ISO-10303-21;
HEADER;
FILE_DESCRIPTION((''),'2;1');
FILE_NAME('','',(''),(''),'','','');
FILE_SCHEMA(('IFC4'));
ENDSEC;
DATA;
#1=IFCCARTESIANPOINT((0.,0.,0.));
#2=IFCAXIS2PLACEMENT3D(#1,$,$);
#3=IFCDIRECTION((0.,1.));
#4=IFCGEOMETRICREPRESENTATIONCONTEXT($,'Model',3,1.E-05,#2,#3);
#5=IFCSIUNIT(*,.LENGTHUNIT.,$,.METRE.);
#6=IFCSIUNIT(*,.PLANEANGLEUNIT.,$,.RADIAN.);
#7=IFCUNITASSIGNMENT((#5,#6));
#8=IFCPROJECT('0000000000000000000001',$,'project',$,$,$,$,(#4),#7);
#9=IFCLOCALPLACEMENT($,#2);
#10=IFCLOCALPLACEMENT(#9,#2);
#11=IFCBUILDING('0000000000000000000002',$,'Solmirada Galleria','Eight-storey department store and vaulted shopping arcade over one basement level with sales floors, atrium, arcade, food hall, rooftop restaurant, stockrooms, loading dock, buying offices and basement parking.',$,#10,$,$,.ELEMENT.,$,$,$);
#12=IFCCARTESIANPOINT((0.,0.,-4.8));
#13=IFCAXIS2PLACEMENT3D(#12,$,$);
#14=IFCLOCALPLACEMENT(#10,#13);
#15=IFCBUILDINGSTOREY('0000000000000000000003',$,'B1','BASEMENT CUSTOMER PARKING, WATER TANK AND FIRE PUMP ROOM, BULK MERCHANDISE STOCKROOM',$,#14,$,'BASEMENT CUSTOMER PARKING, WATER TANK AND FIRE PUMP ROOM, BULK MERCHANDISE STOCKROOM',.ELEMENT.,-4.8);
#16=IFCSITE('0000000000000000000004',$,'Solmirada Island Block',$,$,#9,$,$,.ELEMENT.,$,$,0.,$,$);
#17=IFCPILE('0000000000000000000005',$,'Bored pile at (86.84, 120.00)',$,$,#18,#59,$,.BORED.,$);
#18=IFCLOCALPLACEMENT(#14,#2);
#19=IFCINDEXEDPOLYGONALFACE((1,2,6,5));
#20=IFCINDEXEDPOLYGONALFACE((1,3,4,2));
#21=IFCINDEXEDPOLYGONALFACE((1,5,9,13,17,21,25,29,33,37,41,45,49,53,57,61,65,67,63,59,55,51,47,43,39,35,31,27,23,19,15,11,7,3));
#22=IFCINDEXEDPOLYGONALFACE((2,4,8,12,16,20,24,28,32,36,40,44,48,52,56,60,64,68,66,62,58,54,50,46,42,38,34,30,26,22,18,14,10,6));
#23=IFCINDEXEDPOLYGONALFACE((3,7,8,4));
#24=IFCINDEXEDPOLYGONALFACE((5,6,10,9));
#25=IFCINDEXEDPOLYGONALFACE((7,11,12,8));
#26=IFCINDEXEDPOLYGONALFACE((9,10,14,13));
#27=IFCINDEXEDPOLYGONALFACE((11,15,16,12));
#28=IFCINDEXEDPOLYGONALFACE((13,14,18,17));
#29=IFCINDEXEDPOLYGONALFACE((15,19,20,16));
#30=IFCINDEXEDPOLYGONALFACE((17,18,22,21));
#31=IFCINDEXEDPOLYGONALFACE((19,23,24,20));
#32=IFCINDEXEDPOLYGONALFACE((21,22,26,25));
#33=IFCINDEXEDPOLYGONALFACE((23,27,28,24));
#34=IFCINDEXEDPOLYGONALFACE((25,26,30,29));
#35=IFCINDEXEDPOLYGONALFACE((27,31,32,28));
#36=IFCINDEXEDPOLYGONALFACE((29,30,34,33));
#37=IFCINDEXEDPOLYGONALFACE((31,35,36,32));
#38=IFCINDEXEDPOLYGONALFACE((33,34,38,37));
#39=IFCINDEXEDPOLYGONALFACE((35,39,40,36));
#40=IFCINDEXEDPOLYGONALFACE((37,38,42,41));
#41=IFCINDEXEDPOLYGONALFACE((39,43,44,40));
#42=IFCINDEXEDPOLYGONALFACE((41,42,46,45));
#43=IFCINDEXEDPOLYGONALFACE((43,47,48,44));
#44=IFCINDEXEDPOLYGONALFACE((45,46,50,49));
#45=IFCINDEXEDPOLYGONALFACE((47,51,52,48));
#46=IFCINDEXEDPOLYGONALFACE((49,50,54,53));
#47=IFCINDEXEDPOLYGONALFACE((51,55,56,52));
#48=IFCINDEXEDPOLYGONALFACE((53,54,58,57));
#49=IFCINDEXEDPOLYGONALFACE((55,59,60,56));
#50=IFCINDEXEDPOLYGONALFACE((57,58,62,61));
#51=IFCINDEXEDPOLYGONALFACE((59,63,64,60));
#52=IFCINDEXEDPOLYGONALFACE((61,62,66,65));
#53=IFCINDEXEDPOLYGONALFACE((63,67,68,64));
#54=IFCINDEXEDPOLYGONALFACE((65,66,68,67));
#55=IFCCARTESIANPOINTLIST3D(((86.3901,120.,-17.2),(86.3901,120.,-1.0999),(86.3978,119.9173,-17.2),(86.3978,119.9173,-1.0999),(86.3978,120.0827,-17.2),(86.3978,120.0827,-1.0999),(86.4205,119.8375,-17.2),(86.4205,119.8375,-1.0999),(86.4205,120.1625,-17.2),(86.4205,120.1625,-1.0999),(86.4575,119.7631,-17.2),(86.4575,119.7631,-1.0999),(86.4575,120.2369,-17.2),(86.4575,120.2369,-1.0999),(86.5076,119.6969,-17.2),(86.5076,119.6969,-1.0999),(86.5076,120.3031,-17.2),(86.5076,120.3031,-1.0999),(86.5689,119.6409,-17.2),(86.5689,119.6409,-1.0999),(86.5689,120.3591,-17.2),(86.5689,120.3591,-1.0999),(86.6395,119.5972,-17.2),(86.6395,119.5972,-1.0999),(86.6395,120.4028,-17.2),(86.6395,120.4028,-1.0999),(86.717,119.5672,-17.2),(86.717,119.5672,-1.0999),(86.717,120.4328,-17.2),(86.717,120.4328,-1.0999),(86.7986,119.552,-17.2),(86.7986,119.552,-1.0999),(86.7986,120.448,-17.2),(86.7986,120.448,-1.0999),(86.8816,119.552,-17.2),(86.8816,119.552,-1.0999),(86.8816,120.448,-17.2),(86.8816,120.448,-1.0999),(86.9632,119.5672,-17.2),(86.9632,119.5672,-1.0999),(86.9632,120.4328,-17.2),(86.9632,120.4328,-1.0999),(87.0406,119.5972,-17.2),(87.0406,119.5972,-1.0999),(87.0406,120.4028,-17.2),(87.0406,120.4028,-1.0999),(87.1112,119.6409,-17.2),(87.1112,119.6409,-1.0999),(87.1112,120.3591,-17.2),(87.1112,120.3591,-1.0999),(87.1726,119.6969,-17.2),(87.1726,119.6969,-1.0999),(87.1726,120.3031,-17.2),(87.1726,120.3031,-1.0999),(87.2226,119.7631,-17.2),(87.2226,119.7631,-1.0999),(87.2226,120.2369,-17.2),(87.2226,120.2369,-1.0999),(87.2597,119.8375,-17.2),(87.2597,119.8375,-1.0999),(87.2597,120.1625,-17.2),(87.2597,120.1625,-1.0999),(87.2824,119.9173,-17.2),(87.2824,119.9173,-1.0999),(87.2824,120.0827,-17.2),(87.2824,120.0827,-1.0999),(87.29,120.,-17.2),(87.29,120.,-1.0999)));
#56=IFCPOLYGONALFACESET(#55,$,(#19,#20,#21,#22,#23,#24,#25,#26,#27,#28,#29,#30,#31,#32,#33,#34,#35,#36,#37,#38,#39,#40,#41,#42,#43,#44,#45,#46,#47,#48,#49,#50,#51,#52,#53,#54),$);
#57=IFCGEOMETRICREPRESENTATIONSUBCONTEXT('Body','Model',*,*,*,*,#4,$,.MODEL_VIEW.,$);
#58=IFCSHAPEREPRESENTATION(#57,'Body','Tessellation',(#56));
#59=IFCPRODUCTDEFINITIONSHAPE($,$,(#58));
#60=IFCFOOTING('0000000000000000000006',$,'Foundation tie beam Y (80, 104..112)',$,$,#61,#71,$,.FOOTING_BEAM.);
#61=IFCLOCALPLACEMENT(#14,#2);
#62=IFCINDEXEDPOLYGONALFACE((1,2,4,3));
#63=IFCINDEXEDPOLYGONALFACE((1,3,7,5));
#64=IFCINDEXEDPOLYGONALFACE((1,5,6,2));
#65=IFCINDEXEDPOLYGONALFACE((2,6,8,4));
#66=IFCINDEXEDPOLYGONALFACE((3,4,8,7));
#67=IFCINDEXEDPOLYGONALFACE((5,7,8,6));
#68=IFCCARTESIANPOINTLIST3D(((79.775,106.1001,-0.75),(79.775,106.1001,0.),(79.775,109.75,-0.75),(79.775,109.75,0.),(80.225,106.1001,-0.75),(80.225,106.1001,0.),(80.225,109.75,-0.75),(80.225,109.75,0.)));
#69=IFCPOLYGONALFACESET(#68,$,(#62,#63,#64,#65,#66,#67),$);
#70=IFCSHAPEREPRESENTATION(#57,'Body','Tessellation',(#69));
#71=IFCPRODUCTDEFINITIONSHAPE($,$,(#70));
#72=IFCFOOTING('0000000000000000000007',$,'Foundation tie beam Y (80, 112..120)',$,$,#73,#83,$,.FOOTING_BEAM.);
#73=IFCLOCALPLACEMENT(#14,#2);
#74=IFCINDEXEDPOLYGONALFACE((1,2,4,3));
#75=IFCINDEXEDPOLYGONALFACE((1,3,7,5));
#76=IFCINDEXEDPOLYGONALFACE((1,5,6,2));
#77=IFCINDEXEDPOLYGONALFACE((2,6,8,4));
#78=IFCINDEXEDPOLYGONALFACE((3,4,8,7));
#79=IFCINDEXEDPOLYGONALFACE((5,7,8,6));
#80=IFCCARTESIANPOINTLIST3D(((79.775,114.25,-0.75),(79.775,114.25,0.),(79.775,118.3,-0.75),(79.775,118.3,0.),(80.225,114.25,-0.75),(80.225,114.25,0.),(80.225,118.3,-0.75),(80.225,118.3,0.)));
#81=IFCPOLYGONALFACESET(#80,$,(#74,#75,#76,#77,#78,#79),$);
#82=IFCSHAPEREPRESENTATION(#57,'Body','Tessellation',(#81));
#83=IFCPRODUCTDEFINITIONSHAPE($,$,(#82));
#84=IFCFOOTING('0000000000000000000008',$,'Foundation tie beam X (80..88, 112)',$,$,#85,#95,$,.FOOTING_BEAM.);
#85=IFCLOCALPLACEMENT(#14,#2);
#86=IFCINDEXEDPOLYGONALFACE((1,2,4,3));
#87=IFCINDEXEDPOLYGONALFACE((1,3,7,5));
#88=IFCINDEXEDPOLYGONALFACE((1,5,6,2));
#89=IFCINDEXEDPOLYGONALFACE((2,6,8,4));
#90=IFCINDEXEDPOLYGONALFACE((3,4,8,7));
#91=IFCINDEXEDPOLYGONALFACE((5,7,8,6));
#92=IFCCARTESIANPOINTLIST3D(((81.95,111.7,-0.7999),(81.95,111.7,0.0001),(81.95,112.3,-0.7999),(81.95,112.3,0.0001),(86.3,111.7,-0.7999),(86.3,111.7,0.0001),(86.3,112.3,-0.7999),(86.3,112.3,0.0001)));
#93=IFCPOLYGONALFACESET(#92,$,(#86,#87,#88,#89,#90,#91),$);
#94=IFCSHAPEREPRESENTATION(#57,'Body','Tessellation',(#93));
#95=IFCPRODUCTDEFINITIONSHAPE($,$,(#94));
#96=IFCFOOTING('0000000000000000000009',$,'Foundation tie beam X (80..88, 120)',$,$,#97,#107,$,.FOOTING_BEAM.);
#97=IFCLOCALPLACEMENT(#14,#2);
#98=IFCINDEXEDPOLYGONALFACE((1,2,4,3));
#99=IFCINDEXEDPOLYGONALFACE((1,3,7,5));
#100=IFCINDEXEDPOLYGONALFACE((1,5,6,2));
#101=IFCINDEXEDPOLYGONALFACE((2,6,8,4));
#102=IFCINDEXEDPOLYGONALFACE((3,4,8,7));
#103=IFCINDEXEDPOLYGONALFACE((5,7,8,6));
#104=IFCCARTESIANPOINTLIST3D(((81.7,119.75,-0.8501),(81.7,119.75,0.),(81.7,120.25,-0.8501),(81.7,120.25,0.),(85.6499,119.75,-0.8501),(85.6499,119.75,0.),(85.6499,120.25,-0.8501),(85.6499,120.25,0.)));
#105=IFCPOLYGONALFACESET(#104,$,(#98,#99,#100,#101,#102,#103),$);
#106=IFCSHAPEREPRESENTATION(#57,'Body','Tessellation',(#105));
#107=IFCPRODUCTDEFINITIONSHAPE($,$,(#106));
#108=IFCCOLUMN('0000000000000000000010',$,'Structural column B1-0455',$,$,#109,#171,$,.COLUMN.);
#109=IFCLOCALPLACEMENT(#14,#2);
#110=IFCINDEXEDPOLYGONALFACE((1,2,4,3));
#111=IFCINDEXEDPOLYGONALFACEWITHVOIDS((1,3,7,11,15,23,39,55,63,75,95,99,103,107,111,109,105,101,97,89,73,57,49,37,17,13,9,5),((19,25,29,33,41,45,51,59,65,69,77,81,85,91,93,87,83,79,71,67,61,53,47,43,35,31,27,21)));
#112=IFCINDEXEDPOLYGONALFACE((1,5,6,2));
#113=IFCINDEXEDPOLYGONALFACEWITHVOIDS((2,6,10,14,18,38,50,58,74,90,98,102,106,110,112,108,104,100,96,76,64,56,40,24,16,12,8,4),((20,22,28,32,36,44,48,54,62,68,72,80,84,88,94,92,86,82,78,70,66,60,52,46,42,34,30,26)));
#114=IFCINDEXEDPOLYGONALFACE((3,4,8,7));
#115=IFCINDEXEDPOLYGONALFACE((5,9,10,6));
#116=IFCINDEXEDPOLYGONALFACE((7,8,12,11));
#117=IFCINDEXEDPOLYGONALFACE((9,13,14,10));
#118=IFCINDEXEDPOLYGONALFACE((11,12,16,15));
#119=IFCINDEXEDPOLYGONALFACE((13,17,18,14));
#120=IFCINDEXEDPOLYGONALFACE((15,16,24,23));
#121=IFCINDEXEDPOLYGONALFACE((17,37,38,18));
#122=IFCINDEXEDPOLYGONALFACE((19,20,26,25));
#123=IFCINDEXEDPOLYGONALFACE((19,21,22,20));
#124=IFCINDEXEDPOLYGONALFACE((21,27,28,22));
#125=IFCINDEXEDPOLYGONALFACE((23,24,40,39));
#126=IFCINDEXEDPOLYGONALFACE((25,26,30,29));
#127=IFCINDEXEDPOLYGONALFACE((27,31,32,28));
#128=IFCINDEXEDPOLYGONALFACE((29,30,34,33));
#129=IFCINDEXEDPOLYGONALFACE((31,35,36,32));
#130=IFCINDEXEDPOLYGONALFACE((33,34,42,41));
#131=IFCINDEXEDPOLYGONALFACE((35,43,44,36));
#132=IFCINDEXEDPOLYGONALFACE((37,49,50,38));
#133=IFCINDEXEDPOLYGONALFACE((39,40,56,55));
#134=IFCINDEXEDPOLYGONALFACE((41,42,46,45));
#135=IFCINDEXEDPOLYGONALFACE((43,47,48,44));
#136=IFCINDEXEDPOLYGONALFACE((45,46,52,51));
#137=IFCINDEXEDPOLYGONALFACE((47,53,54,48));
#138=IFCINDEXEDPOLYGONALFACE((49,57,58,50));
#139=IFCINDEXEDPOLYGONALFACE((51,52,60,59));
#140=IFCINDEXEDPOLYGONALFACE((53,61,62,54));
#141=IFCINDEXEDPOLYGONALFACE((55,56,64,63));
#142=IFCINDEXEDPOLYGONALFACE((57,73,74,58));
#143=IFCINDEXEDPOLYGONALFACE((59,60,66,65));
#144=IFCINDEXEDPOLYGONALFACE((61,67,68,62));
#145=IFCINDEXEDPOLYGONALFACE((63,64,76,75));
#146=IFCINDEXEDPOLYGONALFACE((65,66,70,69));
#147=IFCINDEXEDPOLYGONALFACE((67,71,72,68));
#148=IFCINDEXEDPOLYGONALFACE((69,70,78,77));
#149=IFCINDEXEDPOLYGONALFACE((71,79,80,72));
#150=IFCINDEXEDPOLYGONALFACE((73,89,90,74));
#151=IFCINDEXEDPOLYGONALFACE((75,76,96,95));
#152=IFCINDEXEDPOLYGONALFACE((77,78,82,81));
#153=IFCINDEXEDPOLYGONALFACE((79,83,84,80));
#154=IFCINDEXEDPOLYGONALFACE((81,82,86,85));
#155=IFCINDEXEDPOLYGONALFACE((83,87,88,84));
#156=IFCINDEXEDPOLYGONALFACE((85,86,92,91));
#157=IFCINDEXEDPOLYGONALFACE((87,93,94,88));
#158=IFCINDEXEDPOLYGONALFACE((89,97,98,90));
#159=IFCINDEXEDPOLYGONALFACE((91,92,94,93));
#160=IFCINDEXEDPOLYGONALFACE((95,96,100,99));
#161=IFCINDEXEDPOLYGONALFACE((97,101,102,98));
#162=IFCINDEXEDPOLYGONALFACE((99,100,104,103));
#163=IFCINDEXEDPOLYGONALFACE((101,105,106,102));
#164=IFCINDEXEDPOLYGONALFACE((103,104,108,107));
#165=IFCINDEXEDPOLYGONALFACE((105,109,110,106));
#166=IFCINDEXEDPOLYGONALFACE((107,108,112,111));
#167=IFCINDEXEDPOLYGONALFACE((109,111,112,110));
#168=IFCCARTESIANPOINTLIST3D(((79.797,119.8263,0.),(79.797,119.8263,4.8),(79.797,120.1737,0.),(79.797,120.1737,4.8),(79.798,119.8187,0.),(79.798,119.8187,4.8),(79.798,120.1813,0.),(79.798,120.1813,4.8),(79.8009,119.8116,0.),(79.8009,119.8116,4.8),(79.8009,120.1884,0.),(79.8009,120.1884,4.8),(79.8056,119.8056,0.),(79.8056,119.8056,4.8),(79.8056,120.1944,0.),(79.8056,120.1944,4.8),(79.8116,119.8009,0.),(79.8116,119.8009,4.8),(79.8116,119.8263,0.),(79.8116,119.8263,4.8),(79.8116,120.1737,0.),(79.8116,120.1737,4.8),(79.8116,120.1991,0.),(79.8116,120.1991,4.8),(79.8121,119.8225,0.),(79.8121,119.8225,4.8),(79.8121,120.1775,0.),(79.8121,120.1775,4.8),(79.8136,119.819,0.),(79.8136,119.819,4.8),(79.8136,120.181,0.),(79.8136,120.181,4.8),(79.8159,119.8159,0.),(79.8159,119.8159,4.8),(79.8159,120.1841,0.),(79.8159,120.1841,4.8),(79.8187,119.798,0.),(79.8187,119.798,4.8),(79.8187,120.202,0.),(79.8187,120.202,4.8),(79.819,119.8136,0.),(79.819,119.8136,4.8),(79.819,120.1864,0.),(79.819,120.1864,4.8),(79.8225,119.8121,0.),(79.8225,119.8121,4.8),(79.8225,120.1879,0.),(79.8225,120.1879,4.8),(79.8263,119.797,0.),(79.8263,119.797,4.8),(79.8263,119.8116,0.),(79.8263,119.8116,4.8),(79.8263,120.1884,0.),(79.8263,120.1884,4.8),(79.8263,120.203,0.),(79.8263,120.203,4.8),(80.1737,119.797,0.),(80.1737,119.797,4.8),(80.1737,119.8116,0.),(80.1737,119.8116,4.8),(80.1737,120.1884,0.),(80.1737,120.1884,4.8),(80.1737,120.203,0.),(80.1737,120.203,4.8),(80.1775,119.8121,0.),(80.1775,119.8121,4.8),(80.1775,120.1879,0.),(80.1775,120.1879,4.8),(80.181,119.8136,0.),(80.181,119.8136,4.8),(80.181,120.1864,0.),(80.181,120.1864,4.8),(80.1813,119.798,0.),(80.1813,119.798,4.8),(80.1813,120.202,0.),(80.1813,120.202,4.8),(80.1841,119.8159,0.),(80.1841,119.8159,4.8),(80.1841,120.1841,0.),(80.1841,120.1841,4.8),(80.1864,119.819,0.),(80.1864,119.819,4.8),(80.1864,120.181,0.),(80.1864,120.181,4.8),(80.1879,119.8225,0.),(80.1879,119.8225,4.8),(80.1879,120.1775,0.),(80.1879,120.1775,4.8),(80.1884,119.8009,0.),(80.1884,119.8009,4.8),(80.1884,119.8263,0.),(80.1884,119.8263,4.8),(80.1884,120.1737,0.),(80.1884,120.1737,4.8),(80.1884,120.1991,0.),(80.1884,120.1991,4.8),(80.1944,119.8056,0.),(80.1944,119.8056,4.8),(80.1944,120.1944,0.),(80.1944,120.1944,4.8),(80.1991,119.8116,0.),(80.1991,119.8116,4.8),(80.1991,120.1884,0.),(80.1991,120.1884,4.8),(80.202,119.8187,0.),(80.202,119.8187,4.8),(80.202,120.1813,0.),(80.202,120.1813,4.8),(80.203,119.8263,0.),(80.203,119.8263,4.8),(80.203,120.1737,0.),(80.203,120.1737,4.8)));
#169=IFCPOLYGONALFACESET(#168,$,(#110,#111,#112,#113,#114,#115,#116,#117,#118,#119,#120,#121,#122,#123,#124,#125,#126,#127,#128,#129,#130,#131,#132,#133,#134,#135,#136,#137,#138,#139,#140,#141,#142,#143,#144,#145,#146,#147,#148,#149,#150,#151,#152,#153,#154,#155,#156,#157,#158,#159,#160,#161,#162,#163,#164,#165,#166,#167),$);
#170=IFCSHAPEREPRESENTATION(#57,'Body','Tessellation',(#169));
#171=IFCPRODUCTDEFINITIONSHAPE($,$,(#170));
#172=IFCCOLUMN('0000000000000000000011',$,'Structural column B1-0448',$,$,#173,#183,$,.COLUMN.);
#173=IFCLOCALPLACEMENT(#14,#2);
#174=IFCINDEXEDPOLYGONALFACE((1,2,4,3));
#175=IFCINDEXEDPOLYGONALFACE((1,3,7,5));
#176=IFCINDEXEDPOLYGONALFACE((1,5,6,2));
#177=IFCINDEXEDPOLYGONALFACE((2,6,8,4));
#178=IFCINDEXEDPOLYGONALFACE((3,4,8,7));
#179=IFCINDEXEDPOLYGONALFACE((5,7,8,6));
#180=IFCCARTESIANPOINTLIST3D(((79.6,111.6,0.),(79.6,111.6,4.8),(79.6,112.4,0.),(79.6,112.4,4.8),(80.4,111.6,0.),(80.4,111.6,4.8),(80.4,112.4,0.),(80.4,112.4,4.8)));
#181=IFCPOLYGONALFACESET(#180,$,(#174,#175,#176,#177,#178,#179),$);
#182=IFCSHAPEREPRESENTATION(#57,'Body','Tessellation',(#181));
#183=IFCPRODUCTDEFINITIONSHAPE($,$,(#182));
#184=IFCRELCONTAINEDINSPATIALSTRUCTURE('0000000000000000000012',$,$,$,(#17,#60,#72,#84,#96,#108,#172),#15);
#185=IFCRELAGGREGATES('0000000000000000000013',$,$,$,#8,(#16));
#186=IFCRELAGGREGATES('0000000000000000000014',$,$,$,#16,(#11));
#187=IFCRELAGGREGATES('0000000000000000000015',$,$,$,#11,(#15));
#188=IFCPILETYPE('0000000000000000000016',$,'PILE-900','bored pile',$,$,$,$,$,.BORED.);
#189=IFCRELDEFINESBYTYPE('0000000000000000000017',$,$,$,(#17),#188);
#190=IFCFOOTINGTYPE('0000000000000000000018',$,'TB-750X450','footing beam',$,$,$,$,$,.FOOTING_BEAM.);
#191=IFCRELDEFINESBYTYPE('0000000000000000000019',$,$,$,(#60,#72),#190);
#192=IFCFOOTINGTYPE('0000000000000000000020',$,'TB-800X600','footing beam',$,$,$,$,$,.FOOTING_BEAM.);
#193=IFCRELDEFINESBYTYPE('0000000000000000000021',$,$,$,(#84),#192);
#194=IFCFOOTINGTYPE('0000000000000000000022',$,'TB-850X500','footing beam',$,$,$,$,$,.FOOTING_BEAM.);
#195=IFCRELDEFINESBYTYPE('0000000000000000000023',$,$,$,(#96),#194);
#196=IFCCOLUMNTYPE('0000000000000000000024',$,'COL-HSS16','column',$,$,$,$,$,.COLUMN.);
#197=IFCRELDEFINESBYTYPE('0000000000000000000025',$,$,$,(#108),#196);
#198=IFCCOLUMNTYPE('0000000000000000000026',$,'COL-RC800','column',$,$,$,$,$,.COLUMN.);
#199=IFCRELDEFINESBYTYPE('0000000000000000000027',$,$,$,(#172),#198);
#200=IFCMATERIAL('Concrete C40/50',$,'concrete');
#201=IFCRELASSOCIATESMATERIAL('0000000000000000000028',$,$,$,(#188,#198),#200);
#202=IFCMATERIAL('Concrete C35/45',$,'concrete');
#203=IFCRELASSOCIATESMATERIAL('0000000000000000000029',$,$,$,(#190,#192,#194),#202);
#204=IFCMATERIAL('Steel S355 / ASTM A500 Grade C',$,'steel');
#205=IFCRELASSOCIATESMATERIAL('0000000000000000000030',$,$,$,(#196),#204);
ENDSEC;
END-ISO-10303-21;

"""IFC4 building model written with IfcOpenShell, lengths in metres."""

from ifc_helpers import new_model, si_unit, direction, frame, origin, origin_2d, place, context, subcontext, project, spatial, rectangle, hollow_rectangle, circle, extrude, material, material_profile, profile_set, type_object, element, save


model = new_model("IFC4")

# Units and contexts
model_context = context("Model", 3, precision=1e-05, world=origin(), true_north=direction((0.0, 1.0)))
body_context = subcontext(model_context, "Body", "Model", "MODEL_VIEW")
ifc_project = project(units=[si_unit("LENGTHUNIT", "METRE"), si_unit("PLANEANGLEUNIT", "RADIAN")], contexts=[model_context])

# Site, building, storey
site_placement = place(None, origin())
site = spatial("IfcSite", under=ifc_project, at=site_placement, Name="Solmirada Island Block", CompositionType="ELEMENT", RefElevation=0.0)
building_placement = place(site_placement, origin())
building = spatial("IfcBuilding", under=site, at=building_placement, Name="Solmirada Galleria", Description="Eight-storey department store and vaulted shopping arcade over one basement level with sales floors, atrium, arcade, food hall, rooftop restaurant, stockrooms, loading dock, buying offices and basement parking.", CompositionType="ELEMENT")
storey_placement = place(building_placement, frame((0.0, 0.0, -4.8)))
storey = spatial("IfcBuildingStorey", under=building, at=storey_placement, Name="B1", Description="BASEMENT CUSTOMER PARKING, WATER TANK AND FIRE PUMP ROOM, BULK MERCHANDISE STOCKROOM", LongName="BASEMENT CUSTOMER PARKING, WATER TANK AND FIRE PUMP ROOM, BULK MERCHANDISE STOCKROOM", CompositionType="ELEMENT", Elevation=-4.8)

# Shared definitions
ifc_material_1 = material(Name="Concrete C35/45", Category="concrete")

# Pile
ifc_material_2 = material(Name="Concrete C40/50", Category="concrete")
ifc_material_profile_1 = material_profile(ifc_material_2, circle(Radius=0.45, at=origin_2d()), Name="PILE900")
ifc_profile_set_1 = profile_set([ifc_material_profile_1], Name="Concrete C40/50")
pile_type = type_object("IfcPileType", Name="PILE-900", Description="bored pile", PredefinedType="BORED", material=ifc_profile_set_1)
pile_1_placement = place(storey_placement, frame((86.8401, 120.0, -1.0999), z_axis=(0.0, 0.0, -1.0), x_axis=(1.0, 0.0, 0.0)))
element("IfcPile", 1, at=pile_1_placement, inside=storey, type_object=pile_type, Name="Bored pile at (86.84, 120.00)", PredefinedType="BORED", context=body_context, shape_type="SweptSolid", body=[
    extrude(circle(Radius=0.45, at=origin_2d()), origin(), (0.0, 0.0, 1.0), 16.1001),
])

# Footings
ifc_material_profile_2 = material_profile(ifc_material_1, rectangle(XDim=0.45, YDim=0.75, at=origin_2d()), Name="RC750X450")
ifc_profile_set_2 = profile_set([ifc_material_profile_2], Name="Concrete C35/45")
footing_type_1 = type_object("IfcFootingType", Name="TB-750X450", Description="footing beam", PredefinedType="FOOTING_BEAM", material=ifc_profile_set_2)
footing_1_placement = place(storey_placement, frame((80.0, 106.1001, -0.375), z_axis=(0.0, 1.0, 0.0), x_axis=(-1.0, 0.0, 0.0)))
element("IfcFooting", 2, at=footing_1_placement, inside=storey, type_object=footing_type_1, Name="Foundation tie beam Y (80, 104..112)", PredefinedType="FOOTING_BEAM", context=body_context, shape_type="SweptSolid", body=[
    extrude(rectangle(XDim=0.45, YDim=0.75, at=origin_2d()), origin(), (0.0, 0.0, 1.0), 3.6499),
])
footing_2_placement = place(storey_placement, frame((80.0, 114.25, -0.375), z_axis=(0.0, 1.0, 0.0), x_axis=(-1.0, 0.0, 0.0)))
element("IfcFooting", 3, at=footing_2_placement, inside=storey, type_object=footing_type_1, Name="Foundation tie beam Y (80, 112..120)", PredefinedType="FOOTING_BEAM", context=body_context, shape_type="SweptSolid", body=[
    extrude(rectangle(XDim=0.45, YDim=0.75, at=origin_2d()), origin(), (0.0, 0.0, 1.0), 4.05),
])
ifc_material_profile_3 = material_profile(ifc_material_1, rectangle(XDim=0.6001, YDim=0.8, at=origin_2d()), Name="RC800X600")
ifc_profile_set_3 = profile_set([ifc_material_profile_3], Name="Concrete C35/45")
footing_type_2 = type_object("IfcFootingType", Name="TB-800X600", Description="footing beam", PredefinedType="FOOTING_BEAM", material=ifc_profile_set_3)
footing_3_placement = place(storey_placement, frame((81.95, 112.0, -0.3999), z_axis=(1.0, 0.0, 0.0), x_axis=(0.0, 1.0, 0.0)))
element("IfcFooting", 4, at=footing_3_placement, inside=storey, type_object=footing_type_2, Name="Foundation tie beam X (80..88, 112)", PredefinedType="FOOTING_BEAM", context=body_context, shape_type="SweptSolid", body=[
    extrude(rectangle(XDim=0.6001, YDim=0.8, at=origin_2d()), origin(), (0.0, 0.0, 1.0), 4.3501),
])
ifc_material_profile_4 = material_profile(ifc_material_1, rectangle(XDim=0.5, YDim=0.8501, at=origin_2d()), Name="RC850X500")
ifc_profile_set_4 = profile_set([ifc_material_profile_4], Name="Concrete C35/45")
footing_type_3 = type_object("IfcFootingType", Name="TB-850X500", Description="footing beam", PredefinedType="FOOTING_BEAM", material=ifc_profile_set_4)
footing_4_placement = place(storey_placement, frame((81.7, 120.0, -0.425), z_axis=(1.0, 0.0, 0.0), x_axis=(0.0, 1.0, 0.0)))
element("IfcFooting", 5, at=footing_4_placement, inside=storey, type_object=footing_type_3, Name="Foundation tie beam X (80..88, 120)", PredefinedType="FOOTING_BEAM", context=body_context, shape_type="SweptSolid", body=[
    extrude(rectangle(XDim=0.5, YDim=0.8501, at=origin_2d()), origin(), (0.0, 0.0, 1.0), 3.95),
])

# Columns
ifc_material_3 = material(Name="Steel S355 / ASTM A500 Grade C", Category="steel")
ifc_material_profile_5 = material_profile(ifc_material_3, hollow_rectangle(XDim=0.406, YDim=0.406, WallThickness=0.0146, InnerFilletRadius=0.0146, OuterFilletRadius=0.0293, at=origin_2d()), Name="HSS16X16X5/8")
ifc_profile_set_5 = profile_set([ifc_material_profile_5], Name="Steel S355 / ASTM A500 Grade C")
column_type_1 = type_object("IfcColumnType", Name="COL-HSS16", Description="column", PredefinedType="COLUMN", material=ifc_profile_set_5)
column_1_placement = place(storey_placement, frame((80.0, 120.0, 0.0), z_axis=(0.0, 0.0, 1.0), x_axis=(1.0, 0.0, 0.0)))
element("IfcColumn", 6, at=column_1_placement, inside=storey, type_object=column_type_1, Name="Structural column B1-0455", PredefinedType="COLUMN", context=body_context, shape_type="SweptSolid", body=[
    extrude(hollow_rectangle(XDim=0.406, YDim=0.406, WallThickness=0.0146, InnerFilletRadius=0.0146, OuterFilletRadius=0.0293, at=origin_2d()), origin(), (0.0, 0.0, 1.0), 4.8),
])
ifc_material_profile_6 = material_profile(ifc_material_2, rectangle(XDim=0.8, YDim=0.8, at=origin_2d()), Name="RC800X800")
ifc_profile_set_6 = profile_set([ifc_material_profile_6], Name="Concrete C40/50")
column_type_2 = type_object("IfcColumnType", Name="COL-RC800", Description="column", PredefinedType="COLUMN", material=ifc_profile_set_6)
column_2_placement = place(storey_placement, frame((80.0, 112.0, 0.0), z_axis=(0.0, 0.0, 1.0), x_axis=(1.0, 0.0, 0.0)))
element("IfcColumn", 7, at=column_2_placement, inside=storey, type_object=column_type_2, Name="Structural column B1-0448", PredefinedType="COLUMN", context=body_context, shape_type="SweptSolid", body=[
    extrude(rectangle(XDim=0.8, YDim=0.8, at=origin_2d()), origin(), (0.0, 0.0, 1.0), 4.8),
])

save(model, "model.ifc")
